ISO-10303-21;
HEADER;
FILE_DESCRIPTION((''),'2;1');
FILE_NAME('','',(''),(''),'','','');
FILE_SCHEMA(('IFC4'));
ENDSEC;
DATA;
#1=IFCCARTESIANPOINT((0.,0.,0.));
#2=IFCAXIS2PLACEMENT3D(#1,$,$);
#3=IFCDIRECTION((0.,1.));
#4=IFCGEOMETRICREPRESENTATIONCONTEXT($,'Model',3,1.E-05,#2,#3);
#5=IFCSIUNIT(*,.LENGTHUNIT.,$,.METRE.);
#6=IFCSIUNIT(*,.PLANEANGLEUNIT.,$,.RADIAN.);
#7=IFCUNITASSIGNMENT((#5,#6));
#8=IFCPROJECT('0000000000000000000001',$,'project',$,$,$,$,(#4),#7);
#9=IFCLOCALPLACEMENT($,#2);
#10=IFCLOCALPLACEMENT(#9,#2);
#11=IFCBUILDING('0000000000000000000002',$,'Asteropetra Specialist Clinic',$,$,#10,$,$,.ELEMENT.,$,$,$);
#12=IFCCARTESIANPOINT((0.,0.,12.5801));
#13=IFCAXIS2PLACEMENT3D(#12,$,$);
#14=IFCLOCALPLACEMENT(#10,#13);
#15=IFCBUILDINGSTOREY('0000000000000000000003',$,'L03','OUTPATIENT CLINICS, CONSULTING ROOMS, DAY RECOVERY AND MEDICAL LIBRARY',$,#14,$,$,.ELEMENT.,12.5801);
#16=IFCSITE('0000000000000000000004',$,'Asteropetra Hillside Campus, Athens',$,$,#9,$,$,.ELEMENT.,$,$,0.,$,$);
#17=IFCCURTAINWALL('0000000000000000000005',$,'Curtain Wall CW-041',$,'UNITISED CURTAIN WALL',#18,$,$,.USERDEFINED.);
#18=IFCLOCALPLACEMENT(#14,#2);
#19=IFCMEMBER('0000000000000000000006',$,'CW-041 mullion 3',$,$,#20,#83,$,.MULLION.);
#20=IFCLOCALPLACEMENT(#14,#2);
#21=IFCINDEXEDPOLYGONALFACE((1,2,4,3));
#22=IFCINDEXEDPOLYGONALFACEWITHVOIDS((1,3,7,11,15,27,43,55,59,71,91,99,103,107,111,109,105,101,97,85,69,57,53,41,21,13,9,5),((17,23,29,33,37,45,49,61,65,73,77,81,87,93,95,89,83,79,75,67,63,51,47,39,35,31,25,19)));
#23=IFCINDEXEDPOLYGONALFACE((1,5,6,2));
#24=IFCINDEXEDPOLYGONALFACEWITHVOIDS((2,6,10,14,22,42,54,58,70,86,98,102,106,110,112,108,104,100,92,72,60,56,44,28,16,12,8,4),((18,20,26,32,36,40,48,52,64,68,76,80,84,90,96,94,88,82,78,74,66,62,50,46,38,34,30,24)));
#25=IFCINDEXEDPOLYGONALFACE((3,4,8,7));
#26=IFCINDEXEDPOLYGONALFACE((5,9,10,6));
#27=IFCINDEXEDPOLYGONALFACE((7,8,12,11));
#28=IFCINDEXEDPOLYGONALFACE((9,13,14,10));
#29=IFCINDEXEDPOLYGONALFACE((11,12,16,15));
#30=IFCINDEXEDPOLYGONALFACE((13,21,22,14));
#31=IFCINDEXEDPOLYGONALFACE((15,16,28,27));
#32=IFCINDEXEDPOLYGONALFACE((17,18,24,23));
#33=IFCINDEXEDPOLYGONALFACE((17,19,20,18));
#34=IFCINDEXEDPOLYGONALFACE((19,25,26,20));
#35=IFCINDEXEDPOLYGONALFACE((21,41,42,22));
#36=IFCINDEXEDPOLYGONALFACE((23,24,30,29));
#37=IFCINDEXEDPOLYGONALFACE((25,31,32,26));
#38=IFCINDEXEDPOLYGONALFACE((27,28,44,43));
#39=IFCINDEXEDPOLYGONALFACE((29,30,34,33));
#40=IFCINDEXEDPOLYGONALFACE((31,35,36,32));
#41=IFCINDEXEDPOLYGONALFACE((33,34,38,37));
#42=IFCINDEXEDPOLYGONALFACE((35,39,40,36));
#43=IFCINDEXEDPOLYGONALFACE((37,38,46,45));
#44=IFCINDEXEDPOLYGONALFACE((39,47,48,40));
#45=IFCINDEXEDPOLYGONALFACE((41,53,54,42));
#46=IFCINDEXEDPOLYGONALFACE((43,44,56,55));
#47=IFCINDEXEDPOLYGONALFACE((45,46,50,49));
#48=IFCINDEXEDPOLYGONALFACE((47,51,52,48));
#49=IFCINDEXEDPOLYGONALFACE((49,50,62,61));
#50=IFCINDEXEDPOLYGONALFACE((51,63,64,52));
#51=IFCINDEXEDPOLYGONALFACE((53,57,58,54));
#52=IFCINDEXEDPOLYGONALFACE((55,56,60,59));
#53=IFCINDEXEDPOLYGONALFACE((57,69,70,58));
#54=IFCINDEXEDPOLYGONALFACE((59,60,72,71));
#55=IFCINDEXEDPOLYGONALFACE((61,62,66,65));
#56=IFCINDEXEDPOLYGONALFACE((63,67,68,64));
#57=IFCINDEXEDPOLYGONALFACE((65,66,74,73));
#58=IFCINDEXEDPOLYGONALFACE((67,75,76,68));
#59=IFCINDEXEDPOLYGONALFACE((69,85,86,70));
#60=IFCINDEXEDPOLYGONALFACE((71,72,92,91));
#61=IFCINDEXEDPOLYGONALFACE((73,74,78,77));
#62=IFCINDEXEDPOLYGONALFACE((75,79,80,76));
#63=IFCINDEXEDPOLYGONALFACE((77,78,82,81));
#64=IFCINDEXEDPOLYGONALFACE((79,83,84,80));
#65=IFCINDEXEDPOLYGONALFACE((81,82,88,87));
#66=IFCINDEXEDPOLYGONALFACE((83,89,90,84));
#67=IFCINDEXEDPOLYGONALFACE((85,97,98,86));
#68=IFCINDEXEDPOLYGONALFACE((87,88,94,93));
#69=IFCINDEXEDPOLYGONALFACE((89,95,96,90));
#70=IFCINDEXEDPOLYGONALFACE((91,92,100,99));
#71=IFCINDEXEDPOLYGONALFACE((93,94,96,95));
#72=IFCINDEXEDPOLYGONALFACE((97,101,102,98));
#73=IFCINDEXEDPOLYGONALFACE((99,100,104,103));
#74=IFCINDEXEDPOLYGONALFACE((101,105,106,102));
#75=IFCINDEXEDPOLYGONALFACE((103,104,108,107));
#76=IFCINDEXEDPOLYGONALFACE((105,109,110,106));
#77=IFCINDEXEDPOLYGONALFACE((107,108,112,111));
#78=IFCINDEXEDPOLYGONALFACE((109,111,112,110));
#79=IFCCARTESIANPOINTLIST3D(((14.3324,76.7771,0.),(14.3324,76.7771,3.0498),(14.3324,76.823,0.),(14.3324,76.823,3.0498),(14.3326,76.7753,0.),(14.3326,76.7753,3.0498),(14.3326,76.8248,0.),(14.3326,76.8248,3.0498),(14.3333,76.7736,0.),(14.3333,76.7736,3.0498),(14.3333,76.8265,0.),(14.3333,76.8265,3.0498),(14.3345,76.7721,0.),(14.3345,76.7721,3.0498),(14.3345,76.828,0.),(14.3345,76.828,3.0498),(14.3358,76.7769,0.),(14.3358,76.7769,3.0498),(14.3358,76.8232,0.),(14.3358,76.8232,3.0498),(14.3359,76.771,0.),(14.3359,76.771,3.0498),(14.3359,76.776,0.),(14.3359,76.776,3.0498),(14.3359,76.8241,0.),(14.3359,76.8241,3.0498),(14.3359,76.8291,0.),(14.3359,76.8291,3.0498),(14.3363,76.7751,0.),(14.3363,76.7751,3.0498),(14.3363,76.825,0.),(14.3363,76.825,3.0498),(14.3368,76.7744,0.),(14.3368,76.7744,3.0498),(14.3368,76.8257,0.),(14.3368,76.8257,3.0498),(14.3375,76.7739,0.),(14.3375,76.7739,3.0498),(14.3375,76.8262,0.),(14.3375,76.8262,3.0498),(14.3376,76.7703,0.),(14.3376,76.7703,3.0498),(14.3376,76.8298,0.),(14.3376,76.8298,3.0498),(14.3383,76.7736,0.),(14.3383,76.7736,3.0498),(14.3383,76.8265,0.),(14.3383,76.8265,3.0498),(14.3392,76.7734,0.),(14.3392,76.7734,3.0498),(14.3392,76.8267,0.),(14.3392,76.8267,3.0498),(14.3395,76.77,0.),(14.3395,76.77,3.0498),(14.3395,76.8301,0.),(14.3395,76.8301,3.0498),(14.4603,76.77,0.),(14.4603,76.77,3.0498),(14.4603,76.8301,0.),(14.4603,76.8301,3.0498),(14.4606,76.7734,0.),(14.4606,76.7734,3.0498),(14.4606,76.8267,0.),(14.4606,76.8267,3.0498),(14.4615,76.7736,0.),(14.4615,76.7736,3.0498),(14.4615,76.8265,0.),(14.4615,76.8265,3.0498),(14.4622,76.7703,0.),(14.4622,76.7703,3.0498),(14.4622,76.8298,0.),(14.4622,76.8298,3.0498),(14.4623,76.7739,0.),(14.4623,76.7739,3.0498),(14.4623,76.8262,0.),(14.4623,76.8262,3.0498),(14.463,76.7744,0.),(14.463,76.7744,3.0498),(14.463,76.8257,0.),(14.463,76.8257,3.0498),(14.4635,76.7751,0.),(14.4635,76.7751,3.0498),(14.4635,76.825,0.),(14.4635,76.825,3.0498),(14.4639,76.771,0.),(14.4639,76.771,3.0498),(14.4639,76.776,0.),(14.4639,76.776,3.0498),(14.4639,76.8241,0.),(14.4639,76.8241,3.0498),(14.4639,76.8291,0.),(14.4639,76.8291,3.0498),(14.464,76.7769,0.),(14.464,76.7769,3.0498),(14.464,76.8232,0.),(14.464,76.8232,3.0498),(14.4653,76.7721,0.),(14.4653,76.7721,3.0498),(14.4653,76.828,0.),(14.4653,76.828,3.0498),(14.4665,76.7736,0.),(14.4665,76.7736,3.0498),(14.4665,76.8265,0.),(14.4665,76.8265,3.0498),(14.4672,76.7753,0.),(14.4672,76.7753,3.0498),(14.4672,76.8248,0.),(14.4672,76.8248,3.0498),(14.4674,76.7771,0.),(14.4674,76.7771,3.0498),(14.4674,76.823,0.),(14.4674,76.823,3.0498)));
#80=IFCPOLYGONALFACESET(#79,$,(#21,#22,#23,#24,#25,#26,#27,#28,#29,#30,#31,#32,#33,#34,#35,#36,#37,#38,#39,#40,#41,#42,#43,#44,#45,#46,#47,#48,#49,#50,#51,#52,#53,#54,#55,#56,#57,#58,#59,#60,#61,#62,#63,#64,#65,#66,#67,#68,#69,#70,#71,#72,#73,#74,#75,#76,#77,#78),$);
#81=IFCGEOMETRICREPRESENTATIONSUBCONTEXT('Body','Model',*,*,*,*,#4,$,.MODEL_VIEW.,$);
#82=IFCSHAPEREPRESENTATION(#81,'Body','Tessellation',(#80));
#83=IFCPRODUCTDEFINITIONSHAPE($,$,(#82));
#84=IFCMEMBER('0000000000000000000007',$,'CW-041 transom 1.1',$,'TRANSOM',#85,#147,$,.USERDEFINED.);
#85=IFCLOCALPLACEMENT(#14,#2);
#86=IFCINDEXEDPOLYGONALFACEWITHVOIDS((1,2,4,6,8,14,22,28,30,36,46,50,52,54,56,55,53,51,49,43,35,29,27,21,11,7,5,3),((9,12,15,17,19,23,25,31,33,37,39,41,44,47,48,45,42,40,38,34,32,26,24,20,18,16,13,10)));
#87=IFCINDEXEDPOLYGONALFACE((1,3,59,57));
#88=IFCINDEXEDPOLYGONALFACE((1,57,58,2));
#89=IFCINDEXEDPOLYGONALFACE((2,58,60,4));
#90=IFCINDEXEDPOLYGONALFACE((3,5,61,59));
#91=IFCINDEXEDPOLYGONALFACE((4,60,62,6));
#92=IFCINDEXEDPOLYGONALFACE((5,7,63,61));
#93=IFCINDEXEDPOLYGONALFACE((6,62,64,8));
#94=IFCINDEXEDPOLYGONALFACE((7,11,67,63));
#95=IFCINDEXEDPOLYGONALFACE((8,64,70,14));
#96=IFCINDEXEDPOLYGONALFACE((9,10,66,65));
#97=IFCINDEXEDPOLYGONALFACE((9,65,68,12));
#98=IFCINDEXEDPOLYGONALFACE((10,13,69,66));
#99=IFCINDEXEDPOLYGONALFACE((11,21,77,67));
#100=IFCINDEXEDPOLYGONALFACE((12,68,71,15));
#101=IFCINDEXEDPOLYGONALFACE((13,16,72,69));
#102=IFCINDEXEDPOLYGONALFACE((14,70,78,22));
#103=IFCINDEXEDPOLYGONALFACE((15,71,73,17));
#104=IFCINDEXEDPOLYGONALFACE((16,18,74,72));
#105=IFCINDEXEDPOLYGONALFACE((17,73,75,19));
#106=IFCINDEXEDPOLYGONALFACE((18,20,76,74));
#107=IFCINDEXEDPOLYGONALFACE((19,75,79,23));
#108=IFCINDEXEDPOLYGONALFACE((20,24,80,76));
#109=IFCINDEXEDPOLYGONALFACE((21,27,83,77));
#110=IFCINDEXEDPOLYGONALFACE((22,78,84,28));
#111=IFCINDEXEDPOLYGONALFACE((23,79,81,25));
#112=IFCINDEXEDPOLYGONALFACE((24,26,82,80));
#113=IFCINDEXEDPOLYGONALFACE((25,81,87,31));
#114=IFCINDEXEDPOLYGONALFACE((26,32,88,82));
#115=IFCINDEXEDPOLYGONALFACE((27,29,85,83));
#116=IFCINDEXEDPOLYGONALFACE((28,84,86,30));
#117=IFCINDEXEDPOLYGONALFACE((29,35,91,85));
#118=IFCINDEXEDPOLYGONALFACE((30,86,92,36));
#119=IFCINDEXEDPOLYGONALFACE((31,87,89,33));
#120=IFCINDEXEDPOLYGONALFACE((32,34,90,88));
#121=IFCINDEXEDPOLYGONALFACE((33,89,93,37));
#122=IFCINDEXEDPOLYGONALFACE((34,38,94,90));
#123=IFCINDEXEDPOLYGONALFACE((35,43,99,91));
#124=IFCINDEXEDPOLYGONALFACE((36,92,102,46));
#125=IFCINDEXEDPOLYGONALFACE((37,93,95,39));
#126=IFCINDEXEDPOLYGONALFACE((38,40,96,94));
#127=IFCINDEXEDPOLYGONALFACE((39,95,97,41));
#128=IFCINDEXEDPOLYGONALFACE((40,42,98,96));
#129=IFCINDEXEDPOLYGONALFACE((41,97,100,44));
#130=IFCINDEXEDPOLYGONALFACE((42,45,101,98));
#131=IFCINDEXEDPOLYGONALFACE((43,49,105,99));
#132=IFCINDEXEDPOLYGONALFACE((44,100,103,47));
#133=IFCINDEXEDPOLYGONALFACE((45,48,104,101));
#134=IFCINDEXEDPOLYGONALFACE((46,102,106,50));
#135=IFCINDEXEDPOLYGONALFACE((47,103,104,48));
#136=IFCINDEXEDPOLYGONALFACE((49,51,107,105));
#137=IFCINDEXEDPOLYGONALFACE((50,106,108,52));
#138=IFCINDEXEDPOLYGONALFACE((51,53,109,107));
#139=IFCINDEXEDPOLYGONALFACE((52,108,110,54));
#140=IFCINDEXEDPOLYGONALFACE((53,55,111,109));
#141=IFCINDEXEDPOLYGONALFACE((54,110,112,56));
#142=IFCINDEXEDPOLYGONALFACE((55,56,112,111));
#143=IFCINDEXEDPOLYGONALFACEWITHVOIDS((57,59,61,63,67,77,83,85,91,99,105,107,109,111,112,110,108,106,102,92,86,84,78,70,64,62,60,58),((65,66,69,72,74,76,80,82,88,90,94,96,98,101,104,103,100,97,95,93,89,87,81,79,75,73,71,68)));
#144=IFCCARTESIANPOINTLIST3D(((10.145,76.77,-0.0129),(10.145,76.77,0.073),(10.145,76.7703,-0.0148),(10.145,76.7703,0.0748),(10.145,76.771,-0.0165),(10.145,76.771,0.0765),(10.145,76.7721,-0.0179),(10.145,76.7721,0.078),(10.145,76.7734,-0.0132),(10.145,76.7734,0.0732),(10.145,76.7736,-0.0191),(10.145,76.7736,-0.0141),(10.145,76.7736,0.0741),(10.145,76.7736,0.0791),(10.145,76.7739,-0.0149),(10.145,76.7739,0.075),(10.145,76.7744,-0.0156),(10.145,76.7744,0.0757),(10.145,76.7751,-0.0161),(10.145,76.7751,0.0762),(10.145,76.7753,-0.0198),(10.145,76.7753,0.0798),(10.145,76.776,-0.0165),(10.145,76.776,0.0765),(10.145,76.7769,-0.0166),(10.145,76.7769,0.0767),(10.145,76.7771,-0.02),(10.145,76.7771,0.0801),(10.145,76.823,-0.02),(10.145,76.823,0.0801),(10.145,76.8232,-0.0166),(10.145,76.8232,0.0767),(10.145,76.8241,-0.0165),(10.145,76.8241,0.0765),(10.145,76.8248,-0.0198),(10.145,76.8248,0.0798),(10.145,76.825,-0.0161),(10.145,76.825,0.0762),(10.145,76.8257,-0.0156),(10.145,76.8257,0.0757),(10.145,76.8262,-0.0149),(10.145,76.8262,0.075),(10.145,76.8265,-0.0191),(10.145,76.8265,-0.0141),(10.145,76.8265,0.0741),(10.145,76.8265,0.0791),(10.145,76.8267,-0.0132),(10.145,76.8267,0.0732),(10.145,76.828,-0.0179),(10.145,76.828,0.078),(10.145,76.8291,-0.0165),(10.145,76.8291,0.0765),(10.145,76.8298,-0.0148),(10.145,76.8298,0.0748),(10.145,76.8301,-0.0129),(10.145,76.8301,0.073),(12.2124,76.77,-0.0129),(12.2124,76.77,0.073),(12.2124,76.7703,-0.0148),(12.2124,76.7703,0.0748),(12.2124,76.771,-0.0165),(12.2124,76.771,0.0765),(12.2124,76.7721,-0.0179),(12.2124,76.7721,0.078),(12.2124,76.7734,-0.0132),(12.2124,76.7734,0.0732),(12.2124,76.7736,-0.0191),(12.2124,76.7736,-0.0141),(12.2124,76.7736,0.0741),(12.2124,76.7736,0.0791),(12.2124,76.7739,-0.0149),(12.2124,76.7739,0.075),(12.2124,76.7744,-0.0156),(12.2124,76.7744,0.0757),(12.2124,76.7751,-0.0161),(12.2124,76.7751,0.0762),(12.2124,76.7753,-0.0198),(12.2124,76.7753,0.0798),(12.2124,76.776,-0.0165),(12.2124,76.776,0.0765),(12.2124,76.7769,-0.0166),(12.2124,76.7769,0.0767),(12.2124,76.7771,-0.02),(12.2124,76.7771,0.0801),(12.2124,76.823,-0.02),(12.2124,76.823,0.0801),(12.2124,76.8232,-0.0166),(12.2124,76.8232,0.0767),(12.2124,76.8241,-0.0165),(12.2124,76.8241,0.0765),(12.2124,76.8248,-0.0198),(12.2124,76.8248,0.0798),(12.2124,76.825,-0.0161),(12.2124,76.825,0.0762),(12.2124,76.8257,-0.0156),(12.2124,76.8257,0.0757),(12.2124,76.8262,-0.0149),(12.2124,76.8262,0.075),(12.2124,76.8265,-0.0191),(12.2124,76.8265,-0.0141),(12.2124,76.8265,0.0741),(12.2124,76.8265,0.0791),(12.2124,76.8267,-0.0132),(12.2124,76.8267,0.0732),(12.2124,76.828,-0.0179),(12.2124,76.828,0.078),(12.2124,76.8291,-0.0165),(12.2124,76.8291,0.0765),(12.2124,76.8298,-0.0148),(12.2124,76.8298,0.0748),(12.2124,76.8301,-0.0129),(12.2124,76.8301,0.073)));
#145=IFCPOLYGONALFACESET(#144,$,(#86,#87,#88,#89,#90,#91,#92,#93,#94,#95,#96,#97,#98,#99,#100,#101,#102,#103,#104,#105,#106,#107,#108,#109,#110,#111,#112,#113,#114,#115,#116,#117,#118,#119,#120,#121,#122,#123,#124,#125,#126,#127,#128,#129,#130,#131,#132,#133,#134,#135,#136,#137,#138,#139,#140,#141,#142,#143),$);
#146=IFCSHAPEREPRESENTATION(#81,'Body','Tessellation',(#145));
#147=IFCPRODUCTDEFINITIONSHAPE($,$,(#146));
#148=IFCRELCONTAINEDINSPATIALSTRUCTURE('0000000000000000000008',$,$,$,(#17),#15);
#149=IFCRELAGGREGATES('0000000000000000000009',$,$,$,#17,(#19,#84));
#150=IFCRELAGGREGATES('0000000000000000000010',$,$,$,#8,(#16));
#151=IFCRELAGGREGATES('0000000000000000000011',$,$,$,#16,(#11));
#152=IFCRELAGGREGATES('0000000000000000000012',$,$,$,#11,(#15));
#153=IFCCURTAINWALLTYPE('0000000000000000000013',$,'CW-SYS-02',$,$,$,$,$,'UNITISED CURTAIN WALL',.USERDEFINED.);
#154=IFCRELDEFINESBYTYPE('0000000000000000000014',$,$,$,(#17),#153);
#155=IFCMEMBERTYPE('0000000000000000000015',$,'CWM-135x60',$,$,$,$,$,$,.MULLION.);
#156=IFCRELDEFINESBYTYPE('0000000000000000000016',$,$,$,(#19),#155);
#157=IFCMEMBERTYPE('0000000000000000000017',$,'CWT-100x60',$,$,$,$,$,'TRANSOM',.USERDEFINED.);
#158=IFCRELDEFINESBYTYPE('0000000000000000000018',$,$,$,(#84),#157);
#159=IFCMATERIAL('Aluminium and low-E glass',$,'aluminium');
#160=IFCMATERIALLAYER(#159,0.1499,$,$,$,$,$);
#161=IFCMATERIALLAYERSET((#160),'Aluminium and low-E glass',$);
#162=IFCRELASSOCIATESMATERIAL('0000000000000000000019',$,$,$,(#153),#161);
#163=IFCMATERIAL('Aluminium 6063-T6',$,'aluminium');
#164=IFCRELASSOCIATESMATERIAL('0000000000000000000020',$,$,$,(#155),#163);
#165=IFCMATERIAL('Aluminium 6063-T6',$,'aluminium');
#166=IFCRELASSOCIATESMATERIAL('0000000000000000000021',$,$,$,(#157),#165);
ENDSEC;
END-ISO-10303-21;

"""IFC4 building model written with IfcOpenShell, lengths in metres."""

from ifc_helpers import new_model, si_unit, direction, frame, origin, origin_2d, place, context, subcontext, project, spatial, hollow_rectangle, extrude, material, layer, layer_set, material_profile, profile_set, type_object, element, aggregate, save


model = new_model("IFC4")

# Units and contexts
model_context = context("Model", 3, precision=1e-05, world=origin(), true_north=direction((0.0, 1.0)))
body_context = subcontext(model_context, "Body", "Model", "MODEL_VIEW")
ifc_project = project(units=[si_unit("LENGTHUNIT", "METRE"), si_unit("PLANEANGLEUNIT", "RADIAN")], contexts=[model_context])

# Site, building, storey
site_placement = place(None, origin())
site = spatial("IfcSite", under=ifc_project, at=site_placement, Name="Asteropetra Hillside Campus, Athens", CompositionType="ELEMENT", RefElevation=0.0)
building_placement = place(site_placement, origin())
building = spatial("IfcBuilding", under=site, at=building_placement, Name="Asteropetra Specialist Clinic", CompositionType="ELEMENT")
storey_placement = place(building_placement, frame((0.0, 0.0, 12.5801)))
storey = spatial("IfcBuildingStorey", under=building, at=storey_placement, Name="L03", Description="OUTPATIENT CLINICS, CONSULTING ROOMS, DAY RECOVERY AND MEDICAL LIBRARY", CompositionType="ELEMENT", Elevation=12.5801)

# Curtain wall, members
ifc_material_1 = material(Name="Aluminium and low-E glass", Category="aluminium")
ifc_layer_1 = layer(ifc_material_1, 0.1499)
ifc_layer_set_1 = layer_set([ifc_layer_1], Name="Aluminium and low-E glass")
curtain_wall_type = type_object("IfcCurtainWallType", Name="CW-SYS-02", ElementType="UNITISED CURTAIN WALL", PredefinedType="USERDEFINED", material=ifc_layer_set_1)
curtain_wall_placement = place(storey_placement, origin())
curtain_wall = element("IfcCurtainWall", 1, at=curtain_wall_placement, inside=storey, type_object=curtain_wall_type, Name="Curtain Wall CW-041", ObjectType="UNITISED CURTAIN WALL", PredefinedType="USERDEFINED")
ifc_material_2 = material(Name="Aluminium 6063-T6", Category="aluminium")
ifc_material_profile_1 = material_profile(ifc_material_2, hollow_rectangle(XDim=0.0601, YDim=0.135, WallThickness=0.0034, InnerFilletRadius=0.0034, OuterFilletRadius=0.0071, at=origin_2d()), Name="MUL 135x60x3.5")
ifc_profile_set_1 = profile_set([ifc_material_profile_1], Name="Aluminium 6063-T6")
member_type_1 = type_object("IfcMemberType", Name="CWM-135x60", PredefinedType="MULLION", material=ifc_profile_set_1)
member_1_placement = place(storey_placement, frame((14.3999, 76.8, 0.0), z_axis=(0.0, 0.0, 1.0), x_axis=(0.0, 1.0, 0.0)))
member_1 = element("IfcMember", 2, at=member_1_placement, type_object=member_type_1, Name="CW-041 mullion 3", PredefinedType="MULLION", context=body_context, shape_type="SweptSolid", body=[
    extrude(hollow_rectangle(XDim=0.0601, YDim=0.135, WallThickness=0.0034, InnerFilletRadius=0.0034, OuterFilletRadius=0.0071, at=origin_2d()), origin(), (0.0, 0.0, 1.0), 3.0498),
])
ifc_material_3 = material(Name="Aluminium 6063-T6", Category="aluminium")
ifc_material_profile_2 = material_profile(ifc_material_3, hollow_rectangle(XDim=0.0601, YDim=0.1001, WallThickness=0.0034, InnerFilletRadius=0.0034, OuterFilletRadius=0.0071, at=origin_2d()), Name="TRN 100x60x3.5")
ifc_profile_set_2 = profile_set([ifc_material_profile_2], Name="Aluminium 6063-T6")
member_type_2 = type_object("IfcMemberType", Name="CWT-100x60", ElementType="TRANSOM", PredefinedType="USERDEFINED", material=ifc_profile_set_2)
member_2_placement = place(storey_placement, frame((10.145, 76.8, 0.03), z_axis=(1.0, 0.0, 0.0), x_axis=(0.0, 1.0, 0.0)))
member_2 = element("IfcMember", 3, at=member_2_placement, type_object=member_type_2, Name="CW-041 transom 1.1", ObjectType="TRANSOM", PredefinedType="USERDEFINED", context=body_context, shape_type="SweptSolid", body=[
    extrude(hollow_rectangle(XDim=0.0601, YDim=0.1001, WallThickness=0.0034, InnerFilletRadius=0.0034, OuterFilletRadius=0.0071, at=origin_2d()), origin(), (0.0, 0.0, 1.0), 2.0674),
])

aggregate(curtain_wall, [member_1, member_2])

save(model, "model.ifc")
